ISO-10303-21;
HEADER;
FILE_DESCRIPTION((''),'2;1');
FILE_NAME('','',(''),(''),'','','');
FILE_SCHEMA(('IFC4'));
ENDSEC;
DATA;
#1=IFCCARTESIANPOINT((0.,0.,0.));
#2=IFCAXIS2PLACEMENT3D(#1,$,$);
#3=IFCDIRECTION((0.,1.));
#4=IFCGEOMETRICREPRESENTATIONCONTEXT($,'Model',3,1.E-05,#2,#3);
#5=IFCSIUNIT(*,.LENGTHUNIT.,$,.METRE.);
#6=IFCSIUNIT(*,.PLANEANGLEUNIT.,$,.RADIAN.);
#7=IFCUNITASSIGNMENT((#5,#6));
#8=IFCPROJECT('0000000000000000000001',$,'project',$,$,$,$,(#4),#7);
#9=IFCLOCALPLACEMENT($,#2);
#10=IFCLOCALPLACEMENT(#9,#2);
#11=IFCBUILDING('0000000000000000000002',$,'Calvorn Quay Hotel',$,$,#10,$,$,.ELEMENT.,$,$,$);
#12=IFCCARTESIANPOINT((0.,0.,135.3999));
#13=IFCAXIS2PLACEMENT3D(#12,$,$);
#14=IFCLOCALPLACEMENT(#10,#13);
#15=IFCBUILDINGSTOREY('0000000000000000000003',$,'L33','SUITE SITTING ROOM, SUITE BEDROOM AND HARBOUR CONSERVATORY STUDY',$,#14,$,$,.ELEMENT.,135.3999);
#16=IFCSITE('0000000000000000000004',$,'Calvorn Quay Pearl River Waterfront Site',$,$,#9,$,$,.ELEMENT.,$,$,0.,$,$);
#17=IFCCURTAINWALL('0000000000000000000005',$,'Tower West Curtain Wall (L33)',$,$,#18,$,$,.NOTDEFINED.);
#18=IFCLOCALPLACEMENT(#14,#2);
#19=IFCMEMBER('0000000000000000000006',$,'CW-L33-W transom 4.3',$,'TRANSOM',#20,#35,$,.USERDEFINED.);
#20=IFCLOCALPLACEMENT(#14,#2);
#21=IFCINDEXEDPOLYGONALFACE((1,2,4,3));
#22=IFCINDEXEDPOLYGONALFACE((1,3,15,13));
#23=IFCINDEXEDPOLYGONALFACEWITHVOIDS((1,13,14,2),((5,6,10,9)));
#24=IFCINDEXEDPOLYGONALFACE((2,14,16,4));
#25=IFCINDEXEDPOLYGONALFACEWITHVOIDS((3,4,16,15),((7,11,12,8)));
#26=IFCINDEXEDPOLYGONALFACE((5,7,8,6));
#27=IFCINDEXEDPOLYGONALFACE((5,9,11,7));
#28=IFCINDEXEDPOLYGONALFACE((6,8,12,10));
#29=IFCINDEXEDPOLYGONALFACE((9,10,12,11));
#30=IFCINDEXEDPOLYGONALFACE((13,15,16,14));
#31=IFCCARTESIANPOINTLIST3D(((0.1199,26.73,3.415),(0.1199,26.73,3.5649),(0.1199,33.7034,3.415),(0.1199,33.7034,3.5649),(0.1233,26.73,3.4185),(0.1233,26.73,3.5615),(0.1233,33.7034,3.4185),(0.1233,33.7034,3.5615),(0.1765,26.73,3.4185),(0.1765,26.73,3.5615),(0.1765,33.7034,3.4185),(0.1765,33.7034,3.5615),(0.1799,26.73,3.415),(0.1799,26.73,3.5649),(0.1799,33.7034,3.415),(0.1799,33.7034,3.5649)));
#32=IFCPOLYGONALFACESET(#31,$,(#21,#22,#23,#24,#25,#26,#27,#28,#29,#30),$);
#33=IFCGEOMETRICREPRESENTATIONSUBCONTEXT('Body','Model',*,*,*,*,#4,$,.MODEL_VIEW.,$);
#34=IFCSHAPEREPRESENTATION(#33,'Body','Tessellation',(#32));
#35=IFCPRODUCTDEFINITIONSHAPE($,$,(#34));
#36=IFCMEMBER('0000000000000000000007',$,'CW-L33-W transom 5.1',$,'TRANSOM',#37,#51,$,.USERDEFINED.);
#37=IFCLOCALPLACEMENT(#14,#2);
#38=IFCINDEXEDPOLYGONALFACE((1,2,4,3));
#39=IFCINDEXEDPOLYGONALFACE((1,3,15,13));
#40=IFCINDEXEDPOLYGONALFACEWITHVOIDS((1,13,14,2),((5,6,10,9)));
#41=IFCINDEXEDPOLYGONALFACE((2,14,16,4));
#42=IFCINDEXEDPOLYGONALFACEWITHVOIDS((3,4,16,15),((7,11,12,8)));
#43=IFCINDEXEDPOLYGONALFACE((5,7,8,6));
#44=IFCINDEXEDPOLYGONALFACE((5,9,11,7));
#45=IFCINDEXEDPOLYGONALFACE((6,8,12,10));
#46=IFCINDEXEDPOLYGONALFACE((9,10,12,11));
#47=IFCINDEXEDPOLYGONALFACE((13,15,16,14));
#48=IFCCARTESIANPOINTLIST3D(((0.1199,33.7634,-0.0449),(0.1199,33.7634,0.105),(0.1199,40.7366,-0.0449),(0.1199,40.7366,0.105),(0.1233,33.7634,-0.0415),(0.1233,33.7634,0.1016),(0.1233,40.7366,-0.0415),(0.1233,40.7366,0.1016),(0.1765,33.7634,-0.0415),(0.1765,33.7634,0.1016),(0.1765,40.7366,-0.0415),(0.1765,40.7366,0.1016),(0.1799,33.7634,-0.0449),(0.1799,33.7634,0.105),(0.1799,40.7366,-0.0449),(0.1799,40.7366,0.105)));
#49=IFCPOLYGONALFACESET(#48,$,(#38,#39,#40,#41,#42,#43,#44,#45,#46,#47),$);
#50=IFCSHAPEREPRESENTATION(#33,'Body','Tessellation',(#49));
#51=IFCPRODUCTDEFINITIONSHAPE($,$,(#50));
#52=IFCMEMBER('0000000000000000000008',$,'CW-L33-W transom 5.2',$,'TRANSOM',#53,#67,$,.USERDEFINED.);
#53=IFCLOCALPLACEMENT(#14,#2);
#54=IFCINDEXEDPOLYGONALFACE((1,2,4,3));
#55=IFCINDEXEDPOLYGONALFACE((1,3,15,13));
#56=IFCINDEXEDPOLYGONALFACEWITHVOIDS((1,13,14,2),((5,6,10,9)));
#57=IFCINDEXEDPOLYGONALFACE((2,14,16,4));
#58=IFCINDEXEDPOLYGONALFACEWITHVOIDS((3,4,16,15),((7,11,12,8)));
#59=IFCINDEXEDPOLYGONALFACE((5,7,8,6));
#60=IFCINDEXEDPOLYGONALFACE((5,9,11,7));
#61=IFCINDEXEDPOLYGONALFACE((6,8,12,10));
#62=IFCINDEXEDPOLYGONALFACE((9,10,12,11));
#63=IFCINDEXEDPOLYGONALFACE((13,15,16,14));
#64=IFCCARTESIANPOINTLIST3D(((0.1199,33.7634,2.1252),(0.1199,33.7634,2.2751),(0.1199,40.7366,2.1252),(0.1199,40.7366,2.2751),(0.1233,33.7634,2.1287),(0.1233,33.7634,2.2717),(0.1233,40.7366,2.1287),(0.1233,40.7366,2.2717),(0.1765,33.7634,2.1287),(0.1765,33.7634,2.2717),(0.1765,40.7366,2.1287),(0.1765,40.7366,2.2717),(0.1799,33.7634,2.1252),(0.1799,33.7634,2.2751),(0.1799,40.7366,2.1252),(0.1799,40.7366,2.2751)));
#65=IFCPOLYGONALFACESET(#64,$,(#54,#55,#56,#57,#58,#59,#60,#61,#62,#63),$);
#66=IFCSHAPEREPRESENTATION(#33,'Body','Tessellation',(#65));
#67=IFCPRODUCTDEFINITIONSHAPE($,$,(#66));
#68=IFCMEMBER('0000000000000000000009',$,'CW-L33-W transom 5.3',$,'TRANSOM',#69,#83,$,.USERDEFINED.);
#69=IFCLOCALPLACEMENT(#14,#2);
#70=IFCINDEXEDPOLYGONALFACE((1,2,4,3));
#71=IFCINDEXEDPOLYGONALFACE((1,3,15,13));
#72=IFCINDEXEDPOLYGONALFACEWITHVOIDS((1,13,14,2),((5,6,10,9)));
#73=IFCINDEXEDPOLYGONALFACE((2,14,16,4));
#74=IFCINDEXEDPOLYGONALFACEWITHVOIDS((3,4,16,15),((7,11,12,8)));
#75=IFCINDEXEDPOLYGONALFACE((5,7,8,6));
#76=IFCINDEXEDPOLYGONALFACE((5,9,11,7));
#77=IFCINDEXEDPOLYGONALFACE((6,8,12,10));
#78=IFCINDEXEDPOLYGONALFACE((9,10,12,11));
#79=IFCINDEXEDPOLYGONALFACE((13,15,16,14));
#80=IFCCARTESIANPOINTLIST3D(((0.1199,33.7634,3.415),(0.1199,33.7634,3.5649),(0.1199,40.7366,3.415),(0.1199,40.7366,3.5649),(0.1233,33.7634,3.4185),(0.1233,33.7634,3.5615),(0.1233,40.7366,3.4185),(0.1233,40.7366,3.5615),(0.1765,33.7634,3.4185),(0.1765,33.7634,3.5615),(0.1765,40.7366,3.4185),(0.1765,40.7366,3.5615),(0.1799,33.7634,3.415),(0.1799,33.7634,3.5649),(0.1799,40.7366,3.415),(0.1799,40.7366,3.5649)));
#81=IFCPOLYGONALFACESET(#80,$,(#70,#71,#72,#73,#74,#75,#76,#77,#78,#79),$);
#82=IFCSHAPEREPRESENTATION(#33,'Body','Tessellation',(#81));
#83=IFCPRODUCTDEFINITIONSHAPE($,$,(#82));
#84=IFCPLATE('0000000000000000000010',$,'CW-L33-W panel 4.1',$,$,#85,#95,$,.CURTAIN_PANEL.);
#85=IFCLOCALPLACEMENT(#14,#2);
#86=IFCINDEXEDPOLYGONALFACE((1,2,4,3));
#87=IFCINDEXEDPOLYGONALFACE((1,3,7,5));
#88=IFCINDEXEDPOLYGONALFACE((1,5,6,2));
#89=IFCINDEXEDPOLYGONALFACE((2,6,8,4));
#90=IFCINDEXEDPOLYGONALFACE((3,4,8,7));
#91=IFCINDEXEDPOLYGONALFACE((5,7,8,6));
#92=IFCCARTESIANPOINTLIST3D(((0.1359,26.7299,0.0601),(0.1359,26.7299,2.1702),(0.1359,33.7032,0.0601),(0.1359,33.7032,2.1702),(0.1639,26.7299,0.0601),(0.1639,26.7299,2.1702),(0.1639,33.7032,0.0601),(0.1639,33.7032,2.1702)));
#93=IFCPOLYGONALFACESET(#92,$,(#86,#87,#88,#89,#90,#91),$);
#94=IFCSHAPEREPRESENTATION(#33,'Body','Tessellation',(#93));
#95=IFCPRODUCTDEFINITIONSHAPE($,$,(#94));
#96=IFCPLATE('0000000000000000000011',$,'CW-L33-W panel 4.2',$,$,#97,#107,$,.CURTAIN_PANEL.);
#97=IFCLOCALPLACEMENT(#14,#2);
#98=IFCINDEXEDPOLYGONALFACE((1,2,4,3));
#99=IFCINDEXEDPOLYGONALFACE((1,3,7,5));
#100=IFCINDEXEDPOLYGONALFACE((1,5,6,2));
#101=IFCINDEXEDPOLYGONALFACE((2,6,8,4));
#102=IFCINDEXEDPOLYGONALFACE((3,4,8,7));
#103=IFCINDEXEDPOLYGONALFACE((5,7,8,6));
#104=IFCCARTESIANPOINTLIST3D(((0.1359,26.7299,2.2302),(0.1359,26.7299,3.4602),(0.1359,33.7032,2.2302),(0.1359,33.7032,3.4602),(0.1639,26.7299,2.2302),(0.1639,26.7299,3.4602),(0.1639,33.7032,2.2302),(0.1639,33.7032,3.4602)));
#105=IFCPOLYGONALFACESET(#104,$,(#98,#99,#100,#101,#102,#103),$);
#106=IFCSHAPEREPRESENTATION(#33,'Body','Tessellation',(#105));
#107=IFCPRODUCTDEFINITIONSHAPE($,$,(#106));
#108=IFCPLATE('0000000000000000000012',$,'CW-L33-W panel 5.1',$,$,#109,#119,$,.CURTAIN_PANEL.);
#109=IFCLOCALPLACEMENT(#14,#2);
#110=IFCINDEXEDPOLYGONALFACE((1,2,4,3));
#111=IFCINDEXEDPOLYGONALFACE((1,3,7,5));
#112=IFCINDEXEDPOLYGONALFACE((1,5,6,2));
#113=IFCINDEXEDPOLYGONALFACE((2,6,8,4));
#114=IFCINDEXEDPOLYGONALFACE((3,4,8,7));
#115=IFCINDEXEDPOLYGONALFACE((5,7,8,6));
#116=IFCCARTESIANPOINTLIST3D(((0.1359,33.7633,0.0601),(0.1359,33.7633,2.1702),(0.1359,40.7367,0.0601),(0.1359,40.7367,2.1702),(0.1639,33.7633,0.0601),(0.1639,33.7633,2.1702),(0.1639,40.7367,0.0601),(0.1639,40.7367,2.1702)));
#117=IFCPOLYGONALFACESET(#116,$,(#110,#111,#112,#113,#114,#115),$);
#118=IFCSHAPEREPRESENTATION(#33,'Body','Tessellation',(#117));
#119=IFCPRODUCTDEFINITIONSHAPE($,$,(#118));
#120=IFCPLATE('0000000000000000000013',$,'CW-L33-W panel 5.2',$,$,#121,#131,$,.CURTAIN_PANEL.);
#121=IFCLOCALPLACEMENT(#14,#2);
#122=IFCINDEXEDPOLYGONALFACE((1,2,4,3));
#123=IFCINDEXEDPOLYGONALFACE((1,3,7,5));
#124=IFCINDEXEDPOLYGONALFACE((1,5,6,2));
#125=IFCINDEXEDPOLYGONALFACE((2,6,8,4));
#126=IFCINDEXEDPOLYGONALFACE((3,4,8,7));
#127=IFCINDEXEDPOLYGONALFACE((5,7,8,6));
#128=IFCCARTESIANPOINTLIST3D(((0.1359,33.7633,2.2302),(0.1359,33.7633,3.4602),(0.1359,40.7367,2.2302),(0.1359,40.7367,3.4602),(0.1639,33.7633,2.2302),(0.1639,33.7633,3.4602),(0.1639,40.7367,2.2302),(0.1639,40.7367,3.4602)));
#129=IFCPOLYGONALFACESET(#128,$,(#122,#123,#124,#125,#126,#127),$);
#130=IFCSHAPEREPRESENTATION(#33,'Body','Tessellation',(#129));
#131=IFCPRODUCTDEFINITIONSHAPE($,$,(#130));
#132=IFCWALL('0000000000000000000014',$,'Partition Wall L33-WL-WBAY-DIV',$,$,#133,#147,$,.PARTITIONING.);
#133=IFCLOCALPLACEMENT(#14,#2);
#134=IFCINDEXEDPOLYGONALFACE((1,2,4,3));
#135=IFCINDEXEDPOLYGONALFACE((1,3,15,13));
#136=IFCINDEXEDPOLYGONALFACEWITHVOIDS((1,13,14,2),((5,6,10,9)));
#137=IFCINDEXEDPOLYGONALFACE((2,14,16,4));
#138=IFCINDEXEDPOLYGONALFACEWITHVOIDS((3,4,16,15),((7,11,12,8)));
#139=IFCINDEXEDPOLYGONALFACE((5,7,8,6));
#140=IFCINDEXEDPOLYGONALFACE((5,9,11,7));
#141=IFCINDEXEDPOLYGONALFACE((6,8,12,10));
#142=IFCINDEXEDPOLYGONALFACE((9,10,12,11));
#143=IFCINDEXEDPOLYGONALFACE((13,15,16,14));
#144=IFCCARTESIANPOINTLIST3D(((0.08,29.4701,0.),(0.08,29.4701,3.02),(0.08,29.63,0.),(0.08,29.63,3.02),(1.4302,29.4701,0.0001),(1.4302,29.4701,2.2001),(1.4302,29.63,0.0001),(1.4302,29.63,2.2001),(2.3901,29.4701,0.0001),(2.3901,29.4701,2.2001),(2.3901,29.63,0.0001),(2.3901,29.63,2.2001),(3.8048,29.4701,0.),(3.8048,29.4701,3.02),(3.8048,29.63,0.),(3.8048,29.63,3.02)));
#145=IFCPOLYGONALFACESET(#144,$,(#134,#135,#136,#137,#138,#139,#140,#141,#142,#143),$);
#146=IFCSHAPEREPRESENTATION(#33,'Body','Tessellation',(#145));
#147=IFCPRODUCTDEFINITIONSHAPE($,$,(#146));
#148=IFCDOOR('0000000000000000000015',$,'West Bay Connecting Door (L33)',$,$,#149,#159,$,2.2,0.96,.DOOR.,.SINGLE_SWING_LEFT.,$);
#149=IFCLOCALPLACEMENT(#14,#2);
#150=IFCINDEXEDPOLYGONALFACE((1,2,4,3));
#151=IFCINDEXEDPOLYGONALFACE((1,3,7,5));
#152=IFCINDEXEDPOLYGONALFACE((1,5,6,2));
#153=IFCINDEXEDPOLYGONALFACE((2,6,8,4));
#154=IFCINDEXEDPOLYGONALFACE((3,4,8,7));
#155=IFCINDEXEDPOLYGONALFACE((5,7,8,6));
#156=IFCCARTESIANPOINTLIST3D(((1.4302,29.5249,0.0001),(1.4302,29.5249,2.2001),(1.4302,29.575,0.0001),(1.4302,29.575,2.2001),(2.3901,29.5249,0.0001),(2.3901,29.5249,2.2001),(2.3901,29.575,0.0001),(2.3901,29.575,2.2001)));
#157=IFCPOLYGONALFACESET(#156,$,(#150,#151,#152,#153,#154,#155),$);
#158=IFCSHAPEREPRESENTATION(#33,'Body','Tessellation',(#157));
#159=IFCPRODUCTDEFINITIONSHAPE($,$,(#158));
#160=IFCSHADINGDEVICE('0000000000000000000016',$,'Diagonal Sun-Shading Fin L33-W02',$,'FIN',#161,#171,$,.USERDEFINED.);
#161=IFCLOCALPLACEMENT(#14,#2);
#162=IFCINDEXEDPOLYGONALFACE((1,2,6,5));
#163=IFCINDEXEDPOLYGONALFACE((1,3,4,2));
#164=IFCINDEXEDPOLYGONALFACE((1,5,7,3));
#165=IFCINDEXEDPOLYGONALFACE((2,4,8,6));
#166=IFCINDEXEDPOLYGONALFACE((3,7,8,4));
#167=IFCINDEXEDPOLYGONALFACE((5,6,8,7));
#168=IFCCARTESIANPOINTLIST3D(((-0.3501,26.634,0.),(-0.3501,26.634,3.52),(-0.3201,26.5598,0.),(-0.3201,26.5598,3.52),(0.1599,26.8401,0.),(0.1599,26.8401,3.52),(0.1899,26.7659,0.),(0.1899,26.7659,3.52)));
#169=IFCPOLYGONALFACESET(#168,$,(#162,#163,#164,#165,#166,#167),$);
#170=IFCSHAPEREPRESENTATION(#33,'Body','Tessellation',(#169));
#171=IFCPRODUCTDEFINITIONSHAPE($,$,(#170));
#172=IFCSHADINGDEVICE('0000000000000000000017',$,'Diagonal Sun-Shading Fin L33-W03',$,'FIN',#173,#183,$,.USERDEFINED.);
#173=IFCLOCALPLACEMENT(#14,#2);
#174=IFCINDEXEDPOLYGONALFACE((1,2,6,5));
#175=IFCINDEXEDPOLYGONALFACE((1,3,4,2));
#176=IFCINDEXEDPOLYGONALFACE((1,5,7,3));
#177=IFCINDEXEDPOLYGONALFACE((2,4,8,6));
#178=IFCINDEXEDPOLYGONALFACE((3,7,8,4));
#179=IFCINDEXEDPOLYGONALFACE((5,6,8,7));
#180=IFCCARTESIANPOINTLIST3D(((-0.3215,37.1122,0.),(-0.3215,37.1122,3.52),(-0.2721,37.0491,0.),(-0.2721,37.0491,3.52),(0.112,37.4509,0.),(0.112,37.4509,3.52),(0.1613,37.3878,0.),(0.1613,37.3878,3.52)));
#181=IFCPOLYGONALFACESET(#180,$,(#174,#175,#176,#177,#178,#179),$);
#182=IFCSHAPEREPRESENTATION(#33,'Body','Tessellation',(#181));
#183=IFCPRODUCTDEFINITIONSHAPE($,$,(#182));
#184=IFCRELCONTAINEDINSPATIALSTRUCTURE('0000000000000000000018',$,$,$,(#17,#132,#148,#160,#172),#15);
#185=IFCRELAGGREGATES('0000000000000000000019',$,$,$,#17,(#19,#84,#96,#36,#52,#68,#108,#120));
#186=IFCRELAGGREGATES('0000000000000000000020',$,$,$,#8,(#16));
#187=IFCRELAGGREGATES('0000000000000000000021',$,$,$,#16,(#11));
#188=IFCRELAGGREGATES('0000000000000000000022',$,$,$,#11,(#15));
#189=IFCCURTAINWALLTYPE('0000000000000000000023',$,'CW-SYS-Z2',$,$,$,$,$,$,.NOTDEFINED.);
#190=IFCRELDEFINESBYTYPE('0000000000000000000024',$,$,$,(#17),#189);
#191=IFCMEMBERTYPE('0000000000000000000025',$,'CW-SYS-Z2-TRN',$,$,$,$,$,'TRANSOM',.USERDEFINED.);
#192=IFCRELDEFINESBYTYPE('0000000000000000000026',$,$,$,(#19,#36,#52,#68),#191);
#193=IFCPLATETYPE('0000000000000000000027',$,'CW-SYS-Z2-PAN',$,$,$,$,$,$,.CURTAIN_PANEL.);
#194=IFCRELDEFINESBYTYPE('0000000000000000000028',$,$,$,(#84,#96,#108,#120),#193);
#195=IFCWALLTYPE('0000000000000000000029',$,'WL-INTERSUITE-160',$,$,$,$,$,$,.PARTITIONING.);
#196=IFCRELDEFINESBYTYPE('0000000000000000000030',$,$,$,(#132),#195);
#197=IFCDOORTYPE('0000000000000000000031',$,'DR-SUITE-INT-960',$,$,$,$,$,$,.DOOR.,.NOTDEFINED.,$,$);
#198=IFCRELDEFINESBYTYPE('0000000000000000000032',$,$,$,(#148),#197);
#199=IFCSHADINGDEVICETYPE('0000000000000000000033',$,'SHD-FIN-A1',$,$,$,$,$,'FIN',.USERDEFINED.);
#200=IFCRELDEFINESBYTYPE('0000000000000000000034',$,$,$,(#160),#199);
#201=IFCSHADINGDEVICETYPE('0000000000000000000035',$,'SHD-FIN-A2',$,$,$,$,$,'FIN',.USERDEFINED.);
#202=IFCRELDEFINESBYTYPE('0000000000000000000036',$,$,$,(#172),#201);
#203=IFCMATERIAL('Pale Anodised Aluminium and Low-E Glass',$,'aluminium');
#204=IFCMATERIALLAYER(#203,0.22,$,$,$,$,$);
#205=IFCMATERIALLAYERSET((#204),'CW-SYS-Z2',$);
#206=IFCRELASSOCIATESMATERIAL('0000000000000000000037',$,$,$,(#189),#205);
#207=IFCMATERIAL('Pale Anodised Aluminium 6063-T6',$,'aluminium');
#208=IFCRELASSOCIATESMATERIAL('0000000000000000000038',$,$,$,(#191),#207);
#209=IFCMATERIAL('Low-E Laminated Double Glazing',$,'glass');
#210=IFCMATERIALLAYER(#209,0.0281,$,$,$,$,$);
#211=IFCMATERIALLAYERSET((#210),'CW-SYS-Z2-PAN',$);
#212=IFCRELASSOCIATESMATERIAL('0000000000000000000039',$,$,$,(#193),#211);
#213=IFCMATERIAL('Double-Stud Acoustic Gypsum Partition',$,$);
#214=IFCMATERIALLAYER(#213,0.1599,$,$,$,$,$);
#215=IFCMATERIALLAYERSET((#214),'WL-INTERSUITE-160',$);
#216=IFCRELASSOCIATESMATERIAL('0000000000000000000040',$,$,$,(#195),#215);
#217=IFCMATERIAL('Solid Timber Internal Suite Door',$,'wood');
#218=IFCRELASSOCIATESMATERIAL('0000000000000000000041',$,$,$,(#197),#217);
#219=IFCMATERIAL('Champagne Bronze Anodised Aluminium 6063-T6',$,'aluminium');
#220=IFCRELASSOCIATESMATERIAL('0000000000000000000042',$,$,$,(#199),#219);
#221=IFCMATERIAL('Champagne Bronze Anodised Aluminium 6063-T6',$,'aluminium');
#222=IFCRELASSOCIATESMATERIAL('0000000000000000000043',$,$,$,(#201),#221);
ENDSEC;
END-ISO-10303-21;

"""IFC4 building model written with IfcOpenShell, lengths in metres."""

from ifc_helpers import new_model, si_unit, direction, frame, frame_2d, origin, origin_2d, place, context, subcontext, project, spatial, rectangle, hollow_rectangle, extrude, material, layer, layer_set, material_profile, profile_set, type_object, element, fill, aggregate, save


model = new_model("IFC4")

# Units and contexts
model_context = context("Model", 3, precision=1e-05, world=origin(), true_north=direction((0.0, 1.0)))
body_context = subcontext(model_context, "Body", "Model", "MODEL_VIEW")
ifc_project = project(units=[si_unit("LENGTHUNIT", "METRE"), si_unit("PLANEANGLEUNIT", "RADIAN")], contexts=[model_context])

# Site, building, storey
site_placement = place(None, origin())
site = spatial("IfcSite", under=ifc_project, at=site_placement, Name="Calvorn Quay Pearl River Waterfront Site", CompositionType="ELEMENT", RefElevation=0.0)
building_placement = place(site_placement, origin())
building = spatial("IfcBuilding", under=site, at=building_placement, Name="Calvorn Quay Hotel", CompositionType="ELEMENT")
storey_placement = place(building_placement, frame((0.0, 0.0, 135.3999)))
storey = spatial("IfcBuildingStorey", under=building, at=storey_placement, Name="L33", Description="SUITE SITTING ROOM, SUITE BEDROOM AND HARBOUR CONSERVATORY STUDY", CompositionType="ELEMENT", Elevation=135.3999)

# Curtain wall, members, plates
ifc_material_1 = material(Name="Pale Anodised Aluminium and Low-E Glass", Category="aluminium")
ifc_layer_1 = layer(ifc_material_1, 0.22)
ifc_layer_set_1 = layer_set([ifc_layer_1], Name="CW-SYS-Z2")
curtain_wall_type = type_object("IfcCurtainWallType", Name="CW-SYS-Z2", PredefinedType="NOTDEFINED", material=ifc_layer_set_1)
curtain_wall_placement = place(storey_placement, origin())
curtain_wall = element("IfcCurtainWall", 1, at=curtain_wall_placement, inside=storey, type_object=curtain_wall_type, Name="Tower West Curtain Wall (L33)", PredefinedType="NOTDEFINED")
ifc_material_2 = material(Name="Pale Anodised Aluminium 6063-T6", Category="aluminium")
ifc_material_profile_1 = material_profile(ifc_material_2, hollow_rectangle(XDim=0.0601, YDim=0.1499, WallThickness=0.0034, at=origin_2d()), Name="ALU-T150x60x3.5")
ifc_profile_set_1 = profile_set([ifc_material_profile_1], Name="Pale Anodised Aluminium 6063-T6")
member_type_1 = type_object("IfcMemberType", Name="CW-SYS-Z2-TRN", ElementType="TRANSOM", PredefinedType="USERDEFINED", material=ifc_profile_set_1)
member_1_placement = place(storey_placement, frame((0.1499, 26.73, 3.49), z_axis=(0.0, 1.0, 0.0), x_axis=(-1.0, 0.0, 0.0)))
member_1 = element("IfcMember", 2, at=member_1_placement, type_object=member_type_1, Name="CW-L33-W transom 4.3", ObjectType="TRANSOM", PredefinedType="USERDEFINED", context=body_context, shape_type="SweptSolid", body=[
    extrude(hollow_rectangle(XDim=0.0601, YDim=0.1499, WallThickness=0.0034, at=origin_2d()), origin(), (0.0, 0.0, 1.0), 6.9734),
])
member_2_placement = place(storey_placement, frame((0.1499, 33.7634, 0.03), z_axis=(0.0, 1.0, 0.0), x_axis=(-1.0, 0.0, 0.0)))
member_2 = element("IfcMember", 3, at=member_2_placement, type_object=member_type_1, Name="CW-L33-W transom 5.1", ObjectType="TRANSOM", PredefinedType="USERDEFINED", context=body_context, shape_type="SweptSolid", body=[
    extrude(hollow_rectangle(XDim=0.0601, YDim=0.1499, WallThickness=0.0034, at=origin_2d()), origin(), (0.0, 0.0, 1.0), 6.9731),
])
member_3_placement = place(storey_placement, frame((0.1499, 33.7634, 2.2002), z_axis=(0.0, 1.0, 0.0), x_axis=(-1.0, 0.0, 0.0)))
member_3 = element("IfcMember", 4, at=member_3_placement, type_object=member_type_1, Name="CW-L33-W transom 5.2", ObjectType="TRANSOM", PredefinedType="USERDEFINED", context=body_context, shape_type="SweptSolid", body=[
    extrude(hollow_rectangle(XDim=0.0601, YDim=0.1499, WallThickness=0.0034, at=origin_2d()), origin(), (0.0, 0.0, 1.0), 6.9731),
])
member_4_placement = place(storey_placement, frame((0.1499, 33.7634, 3.49), z_axis=(0.0, 1.0, 0.0), x_axis=(-1.0, 0.0, 0.0)))
member_4 = element("IfcMember", 5, at=member_4_placement, type_object=member_type_1, Name="CW-L33-W transom 5.3", ObjectType="TRANSOM", PredefinedType="USERDEFINED", context=body_context, shape_type="SweptSolid", body=[
    extrude(hollow_rectangle(XDim=0.0601, YDim=0.1499, WallThickness=0.0034, at=origin_2d()), origin(), (0.0, 0.0, 1.0), 6.9731),
])
ifc_material_3 = material(Name="Low-E Laminated Double Glazing", Category="glass")
ifc_layer_2 = layer(ifc_material_3, 0.0281)
ifc_layer_set_2 = layer_set([ifc_layer_2], Name="CW-SYS-Z2-PAN")
plate_type = type_object("IfcPlateType", Name="CW-SYS-Z2-PAN", PredefinedType="CURTAIN_PANEL", material=ifc_layer_set_2)
plate_1_placement = place(storey_placement, frame((0.1499, 30.2166, 0.0601), z_axis=(0.0, 0.0, 1.0), x_axis=(0.0, 1.0, 0.0)))
plate_1 = element("IfcPlate", 6, at=plate_1_placement, type_object=plate_type, Name="CW-L33-W panel 4.1", PredefinedType="CURTAIN_PANEL", context=body_context, shape_type="SweptSolid", body=[
    extrude(rectangle(XDim=6.9734, YDim=0.0281, at=origin_2d()), origin(), (0.0, 0.0, 1.0), 2.1101),
])
plate_2_placement = place(storey_placement, frame((0.1499, 30.2166, 2.2302), z_axis=(0.0, 0.0, 1.0), x_axis=(0.0, 1.0, 0.0)))
plate_2 = element("IfcPlate", 7, at=plate_2_placement, type_object=plate_type, Name="CW-L33-W panel 4.2", PredefinedType="CURTAIN_PANEL", context=body_context, shape_type="SweptSolid", body=[
    extrude(rectangle(XDim=6.9734, YDim=0.0281, at=origin_2d()), origin(), (0.0, 0.0, 1.0), 1.23),
])
plate_3_placement = place(storey_placement, frame((0.1499, 37.25, 0.0601), z_axis=(0.0, 0.0, 1.0), x_axis=(0.0, 1.0, 0.0)))
plate_3 = element("IfcPlate", 8, at=plate_3_placement, type_object=plate_type, Name="CW-L33-W panel 5.1", PredefinedType="CURTAIN_PANEL", context=body_context, shape_type="SweptSolid", body=[
    extrude(rectangle(XDim=6.9734, YDim=0.0281, at=origin_2d()), origin(), (0.0, 0.0, 1.0), 2.1101),
])
plate_4_placement = place(storey_placement, frame((0.1499, 37.25, 2.2302), z_axis=(0.0, 0.0, 1.0), x_axis=(0.0, 1.0, 0.0)))
plate_4 = element("IfcPlate", 9, at=plate_4_placement, type_object=plate_type, Name="CW-L33-W panel 5.2", PredefinedType="CURTAIN_PANEL", context=body_context, shape_type="SweptSolid", body=[
    extrude(rectangle(XDim=6.9734, YDim=0.0281, at=origin_2d()), origin(), (0.0, 0.0, 1.0), 1.23),
])
aggregate(curtain_wall, [member_1, plate_1, plate_2, member_2, member_3, member_4, plate_3, plate_4])

# Wall, opening, door
ifc_material_4 = material(Name="Double-Stud Acoustic Gypsum Partition")
ifc_layer_3 = layer(ifc_material_4, 0.1599)
ifc_layer_set_3 = layer_set([ifc_layer_3], Name="WL-INTERSUITE-160")
wall_type = type_object("IfcWallType", Name="WL-INTERSUITE-160", PredefinedType="PARTITIONING", material=ifc_layer_set_3)
wall_placement = place(storey_placement, frame((0.0801, 29.55, 0.0), z_axis=(0.0, 0.0, 1.0), x_axis=(1.0, 0.0, 0.0)))
wall = element("IfcWall", 10, at=wall_placement, inside=storey, type_object=wall_type, Name="Partition Wall L33-WL-WBAY-DIV", PredefinedType="PARTITIONING", context=body_context, shape_type="SweptSolid", body=[
    extrude(rectangle(XDim=3.7249, YDim=0.1599, at=frame_2d((1.8623, 0.0))), origin(), (0.0, 0.0, 1.0), 3.02),
])
opening_placement = place(wall_placement, frame((1.3501, 0.0, 0.0)))
opening = element("IfcOpeningElement", 11, at=opening_placement, cuts=wall, PredefinedType="OPENING", context=body_context, shape_type="SweptSolid", body=[
    extrude(rectangle(XDim=0.96, YDim=2.2, at=frame_2d((0.48, 1.1001))), frame((0.0, 0.0898, 0.0), z_axis=(0.0, -1.0, 0.0), x_axis=(1.0, 0.0, 0.0)), (0.0, 0.0, 1.0), 0.1799),
])
ifc_material_5 = material(Name="Solid Timber Internal Suite Door", Category="wood")
door_type = type_object("IfcDoorType", Name="DR-SUITE-INT-960", OperationType="NOTDEFINED", PredefinedType="DOOR", material=ifc_material_5)
door_placement = place(opening_placement, origin())
door = element("IfcDoor", 12, at=door_placement, inside=storey, type_object=door_type, Name="West Bay Connecting Door (L33)", OperationType="SINGLE_SWING_LEFT", OverallHeight=2.2, OverallWidth=0.96, PredefinedType="DOOR", context=body_context, shape_type="SweptSolid", body=[
    extrude(rectangle(XDim=0.96, YDim=2.2, at=frame_2d((0.48, 1.1001))), frame((0.0, 0.0249, 0.0), z_axis=(0.0, -1.0, 0.0), x_axis=(1.0, 0.0, 0.0)), (0.0, 0.0, 1.0), 0.05),
])
fill(opening, door)

# Shading devices
ifc_material_6 = material(Name="Champagne Bronze Anodised Aluminium 6063-T6", Category="aluminium")
shading_device_type_1 = type_object("IfcShadingDeviceType", Name="SHD-FIN-A1", ElementType="FIN", PredefinedType="USERDEFINED", material=ifc_material_6)
shading_device_1_placement = place(storey_placement, frame((-0.0801, 26.7, 0.0), z_axis=(0.0, 0.0, 1.0), x_axis=(0.927184, 0.374607, 0.0)))
element("IfcShadingDevice", 13, at=shading_device_1_placement, inside=storey, type_object=shading_device_type_1, Name="Diagonal Sun-Shading Fin L33-W02", ObjectType="FIN", PredefinedType="USERDEFINED", context=body_context, shape_type="SweptSolid", body=[
    extrude(rectangle(XDim=0.55, YDim=0.0801, at=origin_2d()), origin(), (0.0, 0.0, 1.0), 3.52),
])
ifc_material_7 = material(Name="Champagne Bronze Anodised Aluminium 6063-T6", Category="aluminium")
shading_device_type_2 = type_object("IfcShadingDeviceType", Name="SHD-FIN-A2", ElementType="FIN", PredefinedType="USERDEFINED", material=ifc_material_7)
shading_device_2_placement = place(storey_placement, frame((-0.0801, 37.25, 0.0), z_axis=(0.0, 0.0, 1.0), x_axis=(0.788011, 0.615661, 0.0)))
element("IfcShadingDevice", 14, at=shading_device_2_placement, inside=storey, type_object=shading_device_type_2, Name="Diagonal Sun-Shading Fin L33-W03", ObjectType="FIN", PredefinedType="USERDEFINED", context=body_context, shape_type="SweptSolid", body=[
    extrude(rectangle(XDim=0.55, YDim=0.0801, at=origin_2d()), origin(), (0.0, 0.0, 1.0), 3.52),
])

save(model, "model.ifc")
